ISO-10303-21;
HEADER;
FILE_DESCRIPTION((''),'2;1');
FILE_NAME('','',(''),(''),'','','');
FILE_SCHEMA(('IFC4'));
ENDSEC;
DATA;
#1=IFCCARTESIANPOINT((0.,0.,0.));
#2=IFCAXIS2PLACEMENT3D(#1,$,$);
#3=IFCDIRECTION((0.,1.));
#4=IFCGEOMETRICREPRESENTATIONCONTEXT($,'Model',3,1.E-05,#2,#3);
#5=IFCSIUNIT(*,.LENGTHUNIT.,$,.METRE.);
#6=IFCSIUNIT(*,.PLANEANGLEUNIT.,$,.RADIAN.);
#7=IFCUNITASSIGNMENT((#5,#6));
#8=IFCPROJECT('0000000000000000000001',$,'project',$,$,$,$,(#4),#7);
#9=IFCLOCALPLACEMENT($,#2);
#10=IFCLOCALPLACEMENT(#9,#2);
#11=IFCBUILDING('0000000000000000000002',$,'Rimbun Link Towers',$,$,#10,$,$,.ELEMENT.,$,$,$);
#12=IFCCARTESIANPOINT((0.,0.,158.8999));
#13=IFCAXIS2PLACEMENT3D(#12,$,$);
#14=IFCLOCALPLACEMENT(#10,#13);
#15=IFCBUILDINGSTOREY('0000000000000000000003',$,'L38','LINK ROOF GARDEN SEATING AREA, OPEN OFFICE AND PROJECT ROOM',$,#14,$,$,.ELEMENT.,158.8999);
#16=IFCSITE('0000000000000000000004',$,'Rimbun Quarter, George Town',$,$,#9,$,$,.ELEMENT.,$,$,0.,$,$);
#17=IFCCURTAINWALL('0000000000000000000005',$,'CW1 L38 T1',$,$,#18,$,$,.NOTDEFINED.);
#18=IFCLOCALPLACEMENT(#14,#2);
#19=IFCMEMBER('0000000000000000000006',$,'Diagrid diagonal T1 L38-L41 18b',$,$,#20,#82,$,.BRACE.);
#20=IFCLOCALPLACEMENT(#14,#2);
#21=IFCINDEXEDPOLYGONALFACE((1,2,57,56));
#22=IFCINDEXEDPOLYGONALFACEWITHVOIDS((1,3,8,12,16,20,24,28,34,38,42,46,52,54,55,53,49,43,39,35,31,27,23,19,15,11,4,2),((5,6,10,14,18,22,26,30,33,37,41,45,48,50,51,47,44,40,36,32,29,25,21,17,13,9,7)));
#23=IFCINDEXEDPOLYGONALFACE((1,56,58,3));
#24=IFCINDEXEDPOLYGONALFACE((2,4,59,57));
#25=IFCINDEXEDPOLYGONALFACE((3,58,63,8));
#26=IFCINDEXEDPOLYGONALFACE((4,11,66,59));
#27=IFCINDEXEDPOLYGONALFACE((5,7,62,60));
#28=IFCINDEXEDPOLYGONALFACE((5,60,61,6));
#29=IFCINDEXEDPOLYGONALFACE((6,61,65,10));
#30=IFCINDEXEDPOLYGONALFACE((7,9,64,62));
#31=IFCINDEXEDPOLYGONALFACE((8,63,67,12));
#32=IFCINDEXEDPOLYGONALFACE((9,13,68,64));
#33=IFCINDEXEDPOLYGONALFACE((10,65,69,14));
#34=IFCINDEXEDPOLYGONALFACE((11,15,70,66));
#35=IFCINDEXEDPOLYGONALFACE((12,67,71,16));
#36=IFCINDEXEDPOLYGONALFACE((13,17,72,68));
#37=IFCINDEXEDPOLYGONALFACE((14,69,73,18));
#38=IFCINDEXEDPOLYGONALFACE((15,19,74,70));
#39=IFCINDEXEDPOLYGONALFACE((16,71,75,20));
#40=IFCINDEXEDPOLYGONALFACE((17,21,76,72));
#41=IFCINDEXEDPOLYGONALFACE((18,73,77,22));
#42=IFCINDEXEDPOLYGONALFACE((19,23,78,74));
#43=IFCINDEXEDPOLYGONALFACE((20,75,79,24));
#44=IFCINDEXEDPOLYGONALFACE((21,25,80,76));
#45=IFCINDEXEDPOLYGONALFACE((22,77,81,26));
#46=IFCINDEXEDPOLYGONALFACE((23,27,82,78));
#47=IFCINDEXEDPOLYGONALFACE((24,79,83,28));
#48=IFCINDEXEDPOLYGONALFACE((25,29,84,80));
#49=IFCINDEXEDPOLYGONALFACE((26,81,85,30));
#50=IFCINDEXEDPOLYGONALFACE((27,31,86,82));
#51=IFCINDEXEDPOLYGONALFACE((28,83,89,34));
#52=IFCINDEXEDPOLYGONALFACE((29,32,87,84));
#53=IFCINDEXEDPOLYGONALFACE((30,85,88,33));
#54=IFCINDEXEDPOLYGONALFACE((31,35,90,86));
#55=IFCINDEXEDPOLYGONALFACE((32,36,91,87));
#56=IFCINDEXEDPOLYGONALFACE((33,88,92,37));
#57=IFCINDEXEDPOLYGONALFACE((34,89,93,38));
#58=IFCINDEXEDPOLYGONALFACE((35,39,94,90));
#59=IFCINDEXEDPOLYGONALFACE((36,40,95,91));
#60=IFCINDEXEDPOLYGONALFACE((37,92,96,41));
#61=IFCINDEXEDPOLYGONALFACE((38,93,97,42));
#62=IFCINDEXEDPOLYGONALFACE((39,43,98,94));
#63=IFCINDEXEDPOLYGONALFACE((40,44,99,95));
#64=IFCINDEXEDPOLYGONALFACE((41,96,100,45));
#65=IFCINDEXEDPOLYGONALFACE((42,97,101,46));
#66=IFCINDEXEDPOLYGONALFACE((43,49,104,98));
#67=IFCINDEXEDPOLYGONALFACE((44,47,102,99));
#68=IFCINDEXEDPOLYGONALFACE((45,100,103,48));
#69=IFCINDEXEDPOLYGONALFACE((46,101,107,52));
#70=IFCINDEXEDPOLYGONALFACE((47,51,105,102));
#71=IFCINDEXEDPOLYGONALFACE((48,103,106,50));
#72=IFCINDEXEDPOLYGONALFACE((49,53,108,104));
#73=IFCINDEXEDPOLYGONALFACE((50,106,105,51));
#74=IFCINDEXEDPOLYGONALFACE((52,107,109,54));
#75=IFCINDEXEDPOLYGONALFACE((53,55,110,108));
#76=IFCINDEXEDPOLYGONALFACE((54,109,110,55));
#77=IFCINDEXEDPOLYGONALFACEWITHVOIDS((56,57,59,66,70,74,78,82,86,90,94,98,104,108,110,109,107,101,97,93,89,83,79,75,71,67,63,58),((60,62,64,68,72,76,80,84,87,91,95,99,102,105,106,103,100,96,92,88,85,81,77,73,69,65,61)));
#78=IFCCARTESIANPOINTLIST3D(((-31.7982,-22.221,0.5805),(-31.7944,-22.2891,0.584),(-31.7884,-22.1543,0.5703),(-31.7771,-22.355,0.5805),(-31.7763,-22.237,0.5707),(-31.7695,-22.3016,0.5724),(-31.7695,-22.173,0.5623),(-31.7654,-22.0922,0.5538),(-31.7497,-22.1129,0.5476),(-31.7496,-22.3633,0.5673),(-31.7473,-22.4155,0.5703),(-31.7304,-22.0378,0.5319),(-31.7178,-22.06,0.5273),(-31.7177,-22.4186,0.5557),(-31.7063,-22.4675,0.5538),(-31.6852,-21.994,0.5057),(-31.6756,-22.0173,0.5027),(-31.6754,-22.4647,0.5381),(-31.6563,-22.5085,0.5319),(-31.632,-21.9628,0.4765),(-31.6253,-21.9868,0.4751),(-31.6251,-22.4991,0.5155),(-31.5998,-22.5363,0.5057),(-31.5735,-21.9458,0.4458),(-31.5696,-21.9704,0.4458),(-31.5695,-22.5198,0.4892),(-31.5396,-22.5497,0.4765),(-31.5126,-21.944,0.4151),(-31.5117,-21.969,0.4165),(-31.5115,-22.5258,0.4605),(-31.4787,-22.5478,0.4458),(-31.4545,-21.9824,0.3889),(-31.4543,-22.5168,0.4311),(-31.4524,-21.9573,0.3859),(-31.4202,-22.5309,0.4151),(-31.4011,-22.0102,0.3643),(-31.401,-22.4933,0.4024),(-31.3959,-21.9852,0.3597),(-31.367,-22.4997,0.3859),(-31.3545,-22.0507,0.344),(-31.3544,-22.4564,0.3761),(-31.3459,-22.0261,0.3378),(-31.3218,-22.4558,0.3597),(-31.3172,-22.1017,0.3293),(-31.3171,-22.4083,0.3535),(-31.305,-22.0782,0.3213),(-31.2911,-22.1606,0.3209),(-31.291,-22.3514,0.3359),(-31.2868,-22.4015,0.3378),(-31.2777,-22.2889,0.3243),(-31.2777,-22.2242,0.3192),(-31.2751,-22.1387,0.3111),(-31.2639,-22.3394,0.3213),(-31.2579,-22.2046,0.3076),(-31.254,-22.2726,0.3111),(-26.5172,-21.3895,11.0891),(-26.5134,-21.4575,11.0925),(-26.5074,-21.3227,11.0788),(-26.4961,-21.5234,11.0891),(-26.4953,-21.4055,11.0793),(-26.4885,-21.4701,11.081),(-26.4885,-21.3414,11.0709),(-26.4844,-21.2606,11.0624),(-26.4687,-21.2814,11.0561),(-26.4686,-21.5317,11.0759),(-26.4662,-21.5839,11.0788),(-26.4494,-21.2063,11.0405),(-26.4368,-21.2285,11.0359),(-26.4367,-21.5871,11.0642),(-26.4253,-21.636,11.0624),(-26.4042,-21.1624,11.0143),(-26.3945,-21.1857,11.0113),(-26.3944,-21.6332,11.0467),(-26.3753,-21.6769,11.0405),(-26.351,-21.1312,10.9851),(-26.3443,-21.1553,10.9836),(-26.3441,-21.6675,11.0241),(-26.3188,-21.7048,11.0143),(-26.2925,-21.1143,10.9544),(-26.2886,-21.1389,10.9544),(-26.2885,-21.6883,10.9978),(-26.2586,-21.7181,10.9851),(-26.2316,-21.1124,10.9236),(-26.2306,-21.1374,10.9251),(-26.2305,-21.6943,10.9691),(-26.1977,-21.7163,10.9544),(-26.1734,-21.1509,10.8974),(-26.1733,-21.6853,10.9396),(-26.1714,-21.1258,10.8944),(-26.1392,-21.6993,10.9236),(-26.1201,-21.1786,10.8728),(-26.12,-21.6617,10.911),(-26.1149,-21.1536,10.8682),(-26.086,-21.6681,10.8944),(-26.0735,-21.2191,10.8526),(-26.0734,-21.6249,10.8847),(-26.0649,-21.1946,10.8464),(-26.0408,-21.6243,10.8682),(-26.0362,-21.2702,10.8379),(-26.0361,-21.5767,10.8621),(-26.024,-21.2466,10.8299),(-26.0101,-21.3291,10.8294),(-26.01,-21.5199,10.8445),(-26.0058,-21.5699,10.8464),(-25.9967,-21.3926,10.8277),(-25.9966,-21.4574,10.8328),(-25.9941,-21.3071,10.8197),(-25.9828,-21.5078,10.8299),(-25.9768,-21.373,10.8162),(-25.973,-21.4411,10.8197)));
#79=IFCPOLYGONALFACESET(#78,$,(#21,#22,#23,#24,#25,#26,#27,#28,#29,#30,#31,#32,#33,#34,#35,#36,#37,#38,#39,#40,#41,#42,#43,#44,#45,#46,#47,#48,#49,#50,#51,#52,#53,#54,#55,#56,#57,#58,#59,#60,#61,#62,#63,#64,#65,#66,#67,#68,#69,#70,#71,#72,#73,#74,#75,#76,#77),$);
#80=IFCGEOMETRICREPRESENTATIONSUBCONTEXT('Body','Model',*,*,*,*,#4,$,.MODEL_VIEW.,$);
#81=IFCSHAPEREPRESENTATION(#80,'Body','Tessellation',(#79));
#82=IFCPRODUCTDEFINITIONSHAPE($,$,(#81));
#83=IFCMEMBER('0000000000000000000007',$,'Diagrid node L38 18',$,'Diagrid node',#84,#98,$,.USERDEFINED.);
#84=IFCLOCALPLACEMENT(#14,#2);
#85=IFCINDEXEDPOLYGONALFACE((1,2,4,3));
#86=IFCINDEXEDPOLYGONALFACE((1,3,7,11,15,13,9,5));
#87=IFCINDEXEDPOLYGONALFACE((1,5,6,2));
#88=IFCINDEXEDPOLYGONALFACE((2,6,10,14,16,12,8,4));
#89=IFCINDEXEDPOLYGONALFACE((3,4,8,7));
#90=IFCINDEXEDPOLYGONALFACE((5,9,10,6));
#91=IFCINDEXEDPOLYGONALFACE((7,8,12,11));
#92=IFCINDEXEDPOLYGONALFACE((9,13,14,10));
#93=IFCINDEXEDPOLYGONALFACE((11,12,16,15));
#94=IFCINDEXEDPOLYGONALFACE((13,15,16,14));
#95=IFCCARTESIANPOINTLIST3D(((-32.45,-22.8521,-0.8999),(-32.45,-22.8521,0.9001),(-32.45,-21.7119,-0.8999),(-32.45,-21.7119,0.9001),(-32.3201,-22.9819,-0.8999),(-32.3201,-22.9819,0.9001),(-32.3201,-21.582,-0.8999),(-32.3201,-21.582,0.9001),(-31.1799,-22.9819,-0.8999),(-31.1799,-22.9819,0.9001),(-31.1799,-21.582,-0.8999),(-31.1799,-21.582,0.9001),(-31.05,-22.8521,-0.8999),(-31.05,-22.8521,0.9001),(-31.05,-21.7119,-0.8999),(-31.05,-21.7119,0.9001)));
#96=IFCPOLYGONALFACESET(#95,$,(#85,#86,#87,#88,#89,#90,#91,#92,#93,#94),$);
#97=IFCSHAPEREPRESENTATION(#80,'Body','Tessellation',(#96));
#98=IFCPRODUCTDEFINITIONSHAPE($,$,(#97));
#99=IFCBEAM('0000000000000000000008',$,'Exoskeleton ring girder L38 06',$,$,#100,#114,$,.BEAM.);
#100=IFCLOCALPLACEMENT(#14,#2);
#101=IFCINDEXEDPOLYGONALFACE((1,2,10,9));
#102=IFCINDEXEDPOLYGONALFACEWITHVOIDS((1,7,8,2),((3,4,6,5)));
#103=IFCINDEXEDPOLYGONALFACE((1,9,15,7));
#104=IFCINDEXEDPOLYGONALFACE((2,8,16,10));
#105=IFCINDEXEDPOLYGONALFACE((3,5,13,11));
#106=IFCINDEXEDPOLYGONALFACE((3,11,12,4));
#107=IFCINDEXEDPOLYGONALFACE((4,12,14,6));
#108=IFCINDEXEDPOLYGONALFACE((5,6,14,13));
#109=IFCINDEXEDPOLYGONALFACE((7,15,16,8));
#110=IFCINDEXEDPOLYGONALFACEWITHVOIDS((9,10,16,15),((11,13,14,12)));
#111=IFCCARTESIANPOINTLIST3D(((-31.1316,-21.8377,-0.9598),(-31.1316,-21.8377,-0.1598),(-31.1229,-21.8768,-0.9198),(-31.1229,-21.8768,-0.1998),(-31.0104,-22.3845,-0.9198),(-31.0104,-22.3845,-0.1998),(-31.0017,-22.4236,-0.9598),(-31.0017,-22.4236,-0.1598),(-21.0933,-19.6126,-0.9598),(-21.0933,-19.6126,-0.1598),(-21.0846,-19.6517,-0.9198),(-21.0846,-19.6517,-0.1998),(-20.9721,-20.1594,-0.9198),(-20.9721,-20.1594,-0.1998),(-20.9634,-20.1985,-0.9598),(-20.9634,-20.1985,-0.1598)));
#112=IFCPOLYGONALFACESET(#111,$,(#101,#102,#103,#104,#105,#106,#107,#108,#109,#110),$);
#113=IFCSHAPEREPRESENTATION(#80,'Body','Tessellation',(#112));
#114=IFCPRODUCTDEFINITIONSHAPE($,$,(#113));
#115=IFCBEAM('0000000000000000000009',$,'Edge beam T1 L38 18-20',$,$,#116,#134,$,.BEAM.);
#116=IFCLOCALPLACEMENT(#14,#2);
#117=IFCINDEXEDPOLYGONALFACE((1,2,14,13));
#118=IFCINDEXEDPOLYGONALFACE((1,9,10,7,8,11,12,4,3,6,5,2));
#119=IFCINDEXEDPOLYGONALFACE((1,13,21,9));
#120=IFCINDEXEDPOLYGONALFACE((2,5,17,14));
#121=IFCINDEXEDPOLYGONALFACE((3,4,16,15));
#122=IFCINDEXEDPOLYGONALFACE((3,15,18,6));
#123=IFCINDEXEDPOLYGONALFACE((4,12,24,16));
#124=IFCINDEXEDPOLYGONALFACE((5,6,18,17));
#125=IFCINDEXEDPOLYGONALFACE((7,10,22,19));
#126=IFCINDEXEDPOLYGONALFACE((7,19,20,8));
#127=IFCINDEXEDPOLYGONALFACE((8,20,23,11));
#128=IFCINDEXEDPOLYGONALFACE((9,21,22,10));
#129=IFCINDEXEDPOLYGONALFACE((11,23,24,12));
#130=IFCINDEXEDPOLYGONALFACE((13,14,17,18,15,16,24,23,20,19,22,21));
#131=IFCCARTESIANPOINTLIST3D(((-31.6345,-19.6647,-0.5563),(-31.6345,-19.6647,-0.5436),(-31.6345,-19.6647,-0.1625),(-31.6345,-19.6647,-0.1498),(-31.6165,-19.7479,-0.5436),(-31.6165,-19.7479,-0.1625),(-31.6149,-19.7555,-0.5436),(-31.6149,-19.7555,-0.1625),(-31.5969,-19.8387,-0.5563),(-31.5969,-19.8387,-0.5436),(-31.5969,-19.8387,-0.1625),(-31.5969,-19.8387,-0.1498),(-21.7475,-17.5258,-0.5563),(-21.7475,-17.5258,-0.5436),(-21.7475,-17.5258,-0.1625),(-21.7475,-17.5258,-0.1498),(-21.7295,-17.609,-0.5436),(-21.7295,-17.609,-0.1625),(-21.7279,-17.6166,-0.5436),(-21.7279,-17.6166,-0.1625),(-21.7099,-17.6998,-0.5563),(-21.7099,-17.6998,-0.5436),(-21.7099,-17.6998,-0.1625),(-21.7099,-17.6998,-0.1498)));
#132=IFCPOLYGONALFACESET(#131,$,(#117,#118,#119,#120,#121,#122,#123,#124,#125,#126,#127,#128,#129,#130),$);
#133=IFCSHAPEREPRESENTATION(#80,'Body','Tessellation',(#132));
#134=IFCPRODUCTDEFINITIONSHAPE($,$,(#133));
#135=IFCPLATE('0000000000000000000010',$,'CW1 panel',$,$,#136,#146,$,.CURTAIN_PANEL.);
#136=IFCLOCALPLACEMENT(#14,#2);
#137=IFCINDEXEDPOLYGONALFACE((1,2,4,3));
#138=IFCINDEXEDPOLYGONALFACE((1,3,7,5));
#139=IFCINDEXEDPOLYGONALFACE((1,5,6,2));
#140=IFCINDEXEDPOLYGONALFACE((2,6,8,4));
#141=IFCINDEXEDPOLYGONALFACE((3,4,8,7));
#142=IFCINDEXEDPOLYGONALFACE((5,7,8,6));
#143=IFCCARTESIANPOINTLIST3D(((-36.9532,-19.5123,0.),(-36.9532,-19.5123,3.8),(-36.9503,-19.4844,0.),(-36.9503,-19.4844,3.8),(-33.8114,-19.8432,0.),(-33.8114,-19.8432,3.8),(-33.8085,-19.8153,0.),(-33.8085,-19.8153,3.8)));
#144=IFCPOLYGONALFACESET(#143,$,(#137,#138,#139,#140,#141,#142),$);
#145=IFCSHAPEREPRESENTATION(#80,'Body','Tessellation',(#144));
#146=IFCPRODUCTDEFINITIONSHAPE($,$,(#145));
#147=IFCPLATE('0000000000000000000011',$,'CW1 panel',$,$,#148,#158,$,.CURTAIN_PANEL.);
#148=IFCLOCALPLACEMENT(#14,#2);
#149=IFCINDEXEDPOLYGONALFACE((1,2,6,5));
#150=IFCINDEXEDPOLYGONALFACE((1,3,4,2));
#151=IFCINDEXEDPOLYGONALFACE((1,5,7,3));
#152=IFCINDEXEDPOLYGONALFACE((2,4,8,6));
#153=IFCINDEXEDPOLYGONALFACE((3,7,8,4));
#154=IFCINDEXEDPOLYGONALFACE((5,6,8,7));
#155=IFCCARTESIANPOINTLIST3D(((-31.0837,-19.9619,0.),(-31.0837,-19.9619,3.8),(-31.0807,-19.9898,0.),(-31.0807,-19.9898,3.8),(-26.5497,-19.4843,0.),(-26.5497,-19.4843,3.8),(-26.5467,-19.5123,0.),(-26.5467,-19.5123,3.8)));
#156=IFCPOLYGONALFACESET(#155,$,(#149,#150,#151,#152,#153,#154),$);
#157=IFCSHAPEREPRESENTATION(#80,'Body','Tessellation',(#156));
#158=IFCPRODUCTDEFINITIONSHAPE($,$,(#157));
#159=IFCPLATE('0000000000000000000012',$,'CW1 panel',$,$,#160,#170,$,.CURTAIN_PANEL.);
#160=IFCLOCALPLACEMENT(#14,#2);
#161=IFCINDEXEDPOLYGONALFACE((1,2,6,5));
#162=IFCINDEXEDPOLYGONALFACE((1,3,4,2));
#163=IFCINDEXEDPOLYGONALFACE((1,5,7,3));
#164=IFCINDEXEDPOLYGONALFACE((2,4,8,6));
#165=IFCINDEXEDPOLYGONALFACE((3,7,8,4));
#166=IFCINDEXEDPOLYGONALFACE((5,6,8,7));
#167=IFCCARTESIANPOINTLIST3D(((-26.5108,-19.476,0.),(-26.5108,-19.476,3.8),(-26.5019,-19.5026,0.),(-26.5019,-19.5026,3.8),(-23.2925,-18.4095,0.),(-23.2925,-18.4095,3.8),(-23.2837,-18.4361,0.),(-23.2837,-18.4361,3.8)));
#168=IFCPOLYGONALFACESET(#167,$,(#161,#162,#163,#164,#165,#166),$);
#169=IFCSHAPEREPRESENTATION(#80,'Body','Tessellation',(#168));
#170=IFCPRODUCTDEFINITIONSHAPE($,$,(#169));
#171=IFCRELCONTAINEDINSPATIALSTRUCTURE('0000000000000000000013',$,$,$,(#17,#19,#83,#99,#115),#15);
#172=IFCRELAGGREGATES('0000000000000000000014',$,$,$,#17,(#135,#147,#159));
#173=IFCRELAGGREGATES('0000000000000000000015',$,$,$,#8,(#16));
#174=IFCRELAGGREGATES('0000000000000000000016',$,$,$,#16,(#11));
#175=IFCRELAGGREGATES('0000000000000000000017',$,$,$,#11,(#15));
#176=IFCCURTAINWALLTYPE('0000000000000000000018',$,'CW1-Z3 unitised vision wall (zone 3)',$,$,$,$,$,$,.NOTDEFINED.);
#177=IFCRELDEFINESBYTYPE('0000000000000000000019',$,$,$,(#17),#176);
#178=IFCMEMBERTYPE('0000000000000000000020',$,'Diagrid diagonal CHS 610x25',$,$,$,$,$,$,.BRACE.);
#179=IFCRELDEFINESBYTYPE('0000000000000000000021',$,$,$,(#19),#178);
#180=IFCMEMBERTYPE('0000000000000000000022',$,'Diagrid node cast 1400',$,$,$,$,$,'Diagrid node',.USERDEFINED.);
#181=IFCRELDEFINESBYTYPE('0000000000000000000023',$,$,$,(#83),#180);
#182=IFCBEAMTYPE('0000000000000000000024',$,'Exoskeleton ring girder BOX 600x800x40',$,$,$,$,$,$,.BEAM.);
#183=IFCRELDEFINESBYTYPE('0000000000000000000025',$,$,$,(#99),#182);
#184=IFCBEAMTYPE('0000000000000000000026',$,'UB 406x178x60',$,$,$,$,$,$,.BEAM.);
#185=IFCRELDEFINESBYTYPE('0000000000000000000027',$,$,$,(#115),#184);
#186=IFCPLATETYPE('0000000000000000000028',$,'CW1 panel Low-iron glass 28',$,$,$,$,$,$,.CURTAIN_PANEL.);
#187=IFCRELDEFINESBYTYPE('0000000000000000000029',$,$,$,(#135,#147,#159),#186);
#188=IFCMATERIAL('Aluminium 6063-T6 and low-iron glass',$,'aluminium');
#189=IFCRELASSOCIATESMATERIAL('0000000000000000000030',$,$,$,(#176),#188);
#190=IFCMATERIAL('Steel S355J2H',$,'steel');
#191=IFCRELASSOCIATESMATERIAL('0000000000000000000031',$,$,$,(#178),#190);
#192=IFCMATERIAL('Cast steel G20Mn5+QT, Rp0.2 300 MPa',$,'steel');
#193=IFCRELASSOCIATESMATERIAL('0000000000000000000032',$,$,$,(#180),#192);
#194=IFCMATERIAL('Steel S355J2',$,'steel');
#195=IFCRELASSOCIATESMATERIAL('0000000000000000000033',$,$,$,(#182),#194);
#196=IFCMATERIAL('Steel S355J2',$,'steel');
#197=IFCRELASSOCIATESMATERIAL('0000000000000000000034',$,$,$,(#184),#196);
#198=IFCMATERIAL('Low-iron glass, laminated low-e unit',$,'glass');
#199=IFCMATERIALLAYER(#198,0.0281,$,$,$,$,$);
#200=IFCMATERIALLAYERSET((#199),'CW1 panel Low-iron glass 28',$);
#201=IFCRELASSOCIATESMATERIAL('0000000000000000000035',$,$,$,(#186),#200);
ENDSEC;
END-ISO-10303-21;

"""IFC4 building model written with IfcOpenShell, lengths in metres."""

from ifc_helpers import new_model, si_unit, direction, frame, origin, origin_2d, place, context, subcontext, project, spatial, polyline, rectangle, hollow_rectangle, hollow_circle, i_section, outline, extrude, material, layer, layer_set, material_profile, profile_set, type_object, element, aggregate, save


model = new_model("IFC4")

# Units and contexts
model_context = context("Model", 3, precision=1e-05, world=origin(), true_north=direction((0.0, 1.0)))
body_context = subcontext(model_context, "Body", "Model", "MODEL_VIEW")
ifc_project = project(units=[si_unit("LENGTHUNIT", "METRE"), si_unit("PLANEANGLEUNIT", "RADIAN")], contexts=[model_context])

# Site, building, storey
site_placement = place(None, origin())
site = spatial("IfcSite", under=ifc_project, at=site_placement, Name="Rimbun Quarter, George Town", CompositionType="ELEMENT", RefElevation=0.0)
building_placement = place(site_placement, origin())
building = spatial("IfcBuilding", under=site, at=building_placement, Name="Rimbun Link Towers", CompositionType="ELEMENT")
storey_placement = place(building_placement, frame((0.0, 0.0, 158.8999)))
storey = spatial("IfcBuildingStorey", under=building, at=storey_placement, Name="L38", Description="LINK ROOF GARDEN SEATING AREA, OPEN OFFICE AND PROJECT ROOM", CompositionType="ELEMENT", Elevation=158.8999)

# Curtain wall
ifc_material_1 = material(Name="Aluminium 6063-T6 and low-iron glass", Category="aluminium")
curtain_wall_type = type_object("IfcCurtainWallType", Name="CW1-Z3 unitised vision wall (zone 3)", PredefinedType="NOTDEFINED", material=ifc_material_1)
curtain_wall_placement = place(storey_placement, origin())
curtain_wall = element("IfcCurtainWall", 1, at=curtain_wall_placement, inside=storey, type_object=curtain_wall_type, Name="CW1 L38 T1", PredefinedType="NOTDEFINED")

# Members
ifc_material_2 = material(Name="Steel S355J2H", Category="steel")
ifc_material_profile_1 = material_profile(ifc_material_2, hollow_circle(Radius=0.3047, WallThickness=0.0249, at=origin_2d()), Name="Diagrid diagonal CHS 610x25")
ifc_profile_set_1 = profile_set([ifc_material_profile_1], Name="Steel S355J2H")
member_type_1 = type_object("IfcMemberType", Name="Diagrid diagonal CHS 610x25", PredefinedType="BRACE", material=ifc_profile_set_1)
for number, where, z_axis, x_axis, name in (
    (2, (-31.5261, -22.2468, 0.4458), (0.447913, 0.070528, 0.891291), (-0.155543, 0.987829, 0.0), "Diagrid diagonal T1 L38-L41 18b"),
):
    element("IfcMember", number, at=place(storey_placement, frame(where, z_axis=z_axis, x_axis=x_axis)), inside=storey, type_object=member_type_1, Name=name, PredefinedType="BRACE", context=body_context, shape_type="SweptSolid", body=[
        extrude(hollow_circle(Radius=0.3047, WallThickness=0.0249, at=origin_2d()), origin(), (0.0, 0.0, 1.0), 11.7903),
    ])
ifc_material_3 = material(Name="Cast steel G20Mn5+QT, Rp0.2 300 MPa", Category="steel")
ifc_material_profile_2 = material_profile(ifc_material_3, outline(polyline([(0.7, -0.5701), (0.7, 0.5701), (0.5701, 0.7), (-0.5701, 0.7), (-0.7, 0.5701), (-0.7, -0.5701), (-0.5701, -0.7), (0.5701, -0.7), (0.7, -0.5701)])), Name="NODE 1400x1400")
ifc_profile_set_2 = profile_set([ifc_material_profile_2], Name="Cast steel G20Mn5+QT, Rp0.2 300 MPa")
member_type_2 = type_object("IfcMemberType", Name="Diagrid node cast 1400", ElementType="Diagrid node", PredefinedType="USERDEFINED", material=ifc_profile_set_2)
member_1_placement = place(storey_placement, frame((-31.75, -22.282, -0.8999), z_axis=(0.0, 0.0, 1.0), x_axis=(0.0, -1.0, 0.0)))
element("IfcMember", 3, at=member_1_placement, inside=storey, type_object=member_type_2, Name="Diagrid node L38 18", ObjectType="Diagrid node", PredefinedType="USERDEFINED", context=body_context, shape_type="SweptSolid", body=[
    extrude(outline(polyline([(0.7, -0.5701), (0.7, 0.5701), (0.5701, 0.7), (-0.5701, 0.7), (-0.7, 0.5701), (-0.7, -0.5701), (-0.5701, -0.7), (0.5701, -0.7), (0.7, -0.5701)])), origin(), (0.0, 0.0, 1.0), 1.8),
])

# Beams
ifc_material_4 = material(Name="Steel S355J2", Category="steel")
ifc_material_profile_3 = material_profile(ifc_material_4, hollow_rectangle(XDim=0.6001, YDim=0.8, WallThickness=0.04, at=origin_2d()), Name="Exoskeleton ring girder BOX 600x800x40")
ifc_profile_set_3 = profile_set([ifc_material_profile_3], Name="Steel S355J2")
beam_type_1 = type_object("IfcBeamType", Name="Exoskeleton ring girder BOX 600x800x40", PredefinedType="BEAM", material=ifc_profile_set_3)
beam_1_placement = place(storey_placement, frame((-31.0667, -22.1306, -0.5598), z_axis=(0.976303, 0.216407, 0.0), x_axis=(-0.216407, 0.976303, 0.0)))
element("IfcBeam", 4, at=beam_1_placement, inside=storey, type_object=beam_type_1, Name="Exoskeleton ring girder L38 06", PredefinedType="BEAM", context=body_context, shape_type="SweptSolid", body=[
    extrude(hollow_rectangle(XDim=0.6001, YDim=0.8, WallThickness=0.04, at=origin_2d()), origin(), (0.0, 0.0, 1.0), 10.282),
])
ifc_material_5 = material(Name="Steel S355J2", Category="steel")
ifc_material_profile_4 = material_profile(ifc_material_5, i_section(OverallWidth=0.178, OverallDepth=0.4065, WebThickness=0.0078, FlangeThickness=0.0127, at=origin_2d()), Name="UB 406x178x60")
ifc_profile_set_4 = profile_set([ifc_material_profile_4], Name="Steel S355J2")
beam_type_2 = type_object("IfcBeamType", Name="UB 406x178x60", PredefinedType="BEAM", material=ifc_profile_set_4)
beam_2_placement = place(storey_placement, frame((-31.6157, -19.7517, -0.353), z_axis=(0.97739, 0.211446, 0.0), x_axis=(-0.211446, 0.97739, 0.0)))
element("IfcBeam", 5, at=beam_2_placement, inside=storey, type_object=beam_type_2, Name="Edge beam T1 L38 18-20", PredefinedType="BEAM", context=body_context, shape_type="SweptSolid", body=[
    extrude(i_section(OverallWidth=0.178, OverallDepth=0.4065, WebThickness=0.0078, FlangeThickness=0.0127, at=origin_2d()), origin(), (0.0, 0.0, 1.0), 10.1157),
])

# Plates
ifc_material_6 = material(Name="Low-iron glass, laminated low-e unit", Category="glass")
ifc_layer_1 = layer(ifc_material_6, 0.0281)
ifc_layer_set_1 = layer_set([ifc_layer_1], Name="CW1 panel Low-iron glass 28")
plate_type = type_object("IfcPlateType", Name="CW1 panel Low-iron glass 28", PredefinedType="CURTAIN_PANEL", material=ifc_layer_set_1)
plate_1_placement = place(storey_placement, frame((-35.3809, -19.6638, 0.0), z_axis=(0.0, 0.0, 1.0), x_axis=(-0.9945, 0.10474, 0.0)))
plate_1 = element("IfcPlate", 6, at=plate_1_placement, type_object=plate_type, Name="CW1 panel", PredefinedType="CURTAIN_PANEL", context=body_context, shape_type="SweptSolid", body=[
    extrude(rectangle(XDim=3.1592, YDim=0.0281, at=origin_2d()), origin(), (0.0, 0.0, 1.0), 3.8),
])
plate_2_placement = place(storey_placement, frame((-28.8152, -19.7371, 0.0), z_axis=(0.0, 0.0, 1.0), x_axis=(-0.9945, -0.10474, 0.0)))
plate_2 = element("IfcPlate", 7, at=plate_2_placement, type_object=plate_type, Name="CW1 panel", PredefinedType="CURTAIN_PANEL", context=body_context, shape_type="SweptSolid", body=[
    extrude(rectangle(XDim=4.5591, YDim=0.0281, at=origin_2d()), origin(), (0.0, 0.0, 1.0), 3.8),
])
plate_3_placement = place(storey_placement, frame((-24.8972, -18.9561, 0.0), z_axis=(0.0, 0.0, 1.0), x_axis=(-0.949239, -0.314556, 0.0)))
plate_3 = element("IfcPlate", 8, at=plate_3_placement, type_object=plate_type, Name="CW1 panel", PredefinedType="CURTAIN_PANEL", context=body_context, shape_type="SweptSolid", body=[
    extrude(rectangle(XDim=3.3904, YDim=0.0281, at=origin_2d()), origin(), (0.0, 0.0, 1.0), 3.8),
])
aggregate(curtain_wall, [plate_1, plate_2, plate_3])

save(model, "model.ifc")
